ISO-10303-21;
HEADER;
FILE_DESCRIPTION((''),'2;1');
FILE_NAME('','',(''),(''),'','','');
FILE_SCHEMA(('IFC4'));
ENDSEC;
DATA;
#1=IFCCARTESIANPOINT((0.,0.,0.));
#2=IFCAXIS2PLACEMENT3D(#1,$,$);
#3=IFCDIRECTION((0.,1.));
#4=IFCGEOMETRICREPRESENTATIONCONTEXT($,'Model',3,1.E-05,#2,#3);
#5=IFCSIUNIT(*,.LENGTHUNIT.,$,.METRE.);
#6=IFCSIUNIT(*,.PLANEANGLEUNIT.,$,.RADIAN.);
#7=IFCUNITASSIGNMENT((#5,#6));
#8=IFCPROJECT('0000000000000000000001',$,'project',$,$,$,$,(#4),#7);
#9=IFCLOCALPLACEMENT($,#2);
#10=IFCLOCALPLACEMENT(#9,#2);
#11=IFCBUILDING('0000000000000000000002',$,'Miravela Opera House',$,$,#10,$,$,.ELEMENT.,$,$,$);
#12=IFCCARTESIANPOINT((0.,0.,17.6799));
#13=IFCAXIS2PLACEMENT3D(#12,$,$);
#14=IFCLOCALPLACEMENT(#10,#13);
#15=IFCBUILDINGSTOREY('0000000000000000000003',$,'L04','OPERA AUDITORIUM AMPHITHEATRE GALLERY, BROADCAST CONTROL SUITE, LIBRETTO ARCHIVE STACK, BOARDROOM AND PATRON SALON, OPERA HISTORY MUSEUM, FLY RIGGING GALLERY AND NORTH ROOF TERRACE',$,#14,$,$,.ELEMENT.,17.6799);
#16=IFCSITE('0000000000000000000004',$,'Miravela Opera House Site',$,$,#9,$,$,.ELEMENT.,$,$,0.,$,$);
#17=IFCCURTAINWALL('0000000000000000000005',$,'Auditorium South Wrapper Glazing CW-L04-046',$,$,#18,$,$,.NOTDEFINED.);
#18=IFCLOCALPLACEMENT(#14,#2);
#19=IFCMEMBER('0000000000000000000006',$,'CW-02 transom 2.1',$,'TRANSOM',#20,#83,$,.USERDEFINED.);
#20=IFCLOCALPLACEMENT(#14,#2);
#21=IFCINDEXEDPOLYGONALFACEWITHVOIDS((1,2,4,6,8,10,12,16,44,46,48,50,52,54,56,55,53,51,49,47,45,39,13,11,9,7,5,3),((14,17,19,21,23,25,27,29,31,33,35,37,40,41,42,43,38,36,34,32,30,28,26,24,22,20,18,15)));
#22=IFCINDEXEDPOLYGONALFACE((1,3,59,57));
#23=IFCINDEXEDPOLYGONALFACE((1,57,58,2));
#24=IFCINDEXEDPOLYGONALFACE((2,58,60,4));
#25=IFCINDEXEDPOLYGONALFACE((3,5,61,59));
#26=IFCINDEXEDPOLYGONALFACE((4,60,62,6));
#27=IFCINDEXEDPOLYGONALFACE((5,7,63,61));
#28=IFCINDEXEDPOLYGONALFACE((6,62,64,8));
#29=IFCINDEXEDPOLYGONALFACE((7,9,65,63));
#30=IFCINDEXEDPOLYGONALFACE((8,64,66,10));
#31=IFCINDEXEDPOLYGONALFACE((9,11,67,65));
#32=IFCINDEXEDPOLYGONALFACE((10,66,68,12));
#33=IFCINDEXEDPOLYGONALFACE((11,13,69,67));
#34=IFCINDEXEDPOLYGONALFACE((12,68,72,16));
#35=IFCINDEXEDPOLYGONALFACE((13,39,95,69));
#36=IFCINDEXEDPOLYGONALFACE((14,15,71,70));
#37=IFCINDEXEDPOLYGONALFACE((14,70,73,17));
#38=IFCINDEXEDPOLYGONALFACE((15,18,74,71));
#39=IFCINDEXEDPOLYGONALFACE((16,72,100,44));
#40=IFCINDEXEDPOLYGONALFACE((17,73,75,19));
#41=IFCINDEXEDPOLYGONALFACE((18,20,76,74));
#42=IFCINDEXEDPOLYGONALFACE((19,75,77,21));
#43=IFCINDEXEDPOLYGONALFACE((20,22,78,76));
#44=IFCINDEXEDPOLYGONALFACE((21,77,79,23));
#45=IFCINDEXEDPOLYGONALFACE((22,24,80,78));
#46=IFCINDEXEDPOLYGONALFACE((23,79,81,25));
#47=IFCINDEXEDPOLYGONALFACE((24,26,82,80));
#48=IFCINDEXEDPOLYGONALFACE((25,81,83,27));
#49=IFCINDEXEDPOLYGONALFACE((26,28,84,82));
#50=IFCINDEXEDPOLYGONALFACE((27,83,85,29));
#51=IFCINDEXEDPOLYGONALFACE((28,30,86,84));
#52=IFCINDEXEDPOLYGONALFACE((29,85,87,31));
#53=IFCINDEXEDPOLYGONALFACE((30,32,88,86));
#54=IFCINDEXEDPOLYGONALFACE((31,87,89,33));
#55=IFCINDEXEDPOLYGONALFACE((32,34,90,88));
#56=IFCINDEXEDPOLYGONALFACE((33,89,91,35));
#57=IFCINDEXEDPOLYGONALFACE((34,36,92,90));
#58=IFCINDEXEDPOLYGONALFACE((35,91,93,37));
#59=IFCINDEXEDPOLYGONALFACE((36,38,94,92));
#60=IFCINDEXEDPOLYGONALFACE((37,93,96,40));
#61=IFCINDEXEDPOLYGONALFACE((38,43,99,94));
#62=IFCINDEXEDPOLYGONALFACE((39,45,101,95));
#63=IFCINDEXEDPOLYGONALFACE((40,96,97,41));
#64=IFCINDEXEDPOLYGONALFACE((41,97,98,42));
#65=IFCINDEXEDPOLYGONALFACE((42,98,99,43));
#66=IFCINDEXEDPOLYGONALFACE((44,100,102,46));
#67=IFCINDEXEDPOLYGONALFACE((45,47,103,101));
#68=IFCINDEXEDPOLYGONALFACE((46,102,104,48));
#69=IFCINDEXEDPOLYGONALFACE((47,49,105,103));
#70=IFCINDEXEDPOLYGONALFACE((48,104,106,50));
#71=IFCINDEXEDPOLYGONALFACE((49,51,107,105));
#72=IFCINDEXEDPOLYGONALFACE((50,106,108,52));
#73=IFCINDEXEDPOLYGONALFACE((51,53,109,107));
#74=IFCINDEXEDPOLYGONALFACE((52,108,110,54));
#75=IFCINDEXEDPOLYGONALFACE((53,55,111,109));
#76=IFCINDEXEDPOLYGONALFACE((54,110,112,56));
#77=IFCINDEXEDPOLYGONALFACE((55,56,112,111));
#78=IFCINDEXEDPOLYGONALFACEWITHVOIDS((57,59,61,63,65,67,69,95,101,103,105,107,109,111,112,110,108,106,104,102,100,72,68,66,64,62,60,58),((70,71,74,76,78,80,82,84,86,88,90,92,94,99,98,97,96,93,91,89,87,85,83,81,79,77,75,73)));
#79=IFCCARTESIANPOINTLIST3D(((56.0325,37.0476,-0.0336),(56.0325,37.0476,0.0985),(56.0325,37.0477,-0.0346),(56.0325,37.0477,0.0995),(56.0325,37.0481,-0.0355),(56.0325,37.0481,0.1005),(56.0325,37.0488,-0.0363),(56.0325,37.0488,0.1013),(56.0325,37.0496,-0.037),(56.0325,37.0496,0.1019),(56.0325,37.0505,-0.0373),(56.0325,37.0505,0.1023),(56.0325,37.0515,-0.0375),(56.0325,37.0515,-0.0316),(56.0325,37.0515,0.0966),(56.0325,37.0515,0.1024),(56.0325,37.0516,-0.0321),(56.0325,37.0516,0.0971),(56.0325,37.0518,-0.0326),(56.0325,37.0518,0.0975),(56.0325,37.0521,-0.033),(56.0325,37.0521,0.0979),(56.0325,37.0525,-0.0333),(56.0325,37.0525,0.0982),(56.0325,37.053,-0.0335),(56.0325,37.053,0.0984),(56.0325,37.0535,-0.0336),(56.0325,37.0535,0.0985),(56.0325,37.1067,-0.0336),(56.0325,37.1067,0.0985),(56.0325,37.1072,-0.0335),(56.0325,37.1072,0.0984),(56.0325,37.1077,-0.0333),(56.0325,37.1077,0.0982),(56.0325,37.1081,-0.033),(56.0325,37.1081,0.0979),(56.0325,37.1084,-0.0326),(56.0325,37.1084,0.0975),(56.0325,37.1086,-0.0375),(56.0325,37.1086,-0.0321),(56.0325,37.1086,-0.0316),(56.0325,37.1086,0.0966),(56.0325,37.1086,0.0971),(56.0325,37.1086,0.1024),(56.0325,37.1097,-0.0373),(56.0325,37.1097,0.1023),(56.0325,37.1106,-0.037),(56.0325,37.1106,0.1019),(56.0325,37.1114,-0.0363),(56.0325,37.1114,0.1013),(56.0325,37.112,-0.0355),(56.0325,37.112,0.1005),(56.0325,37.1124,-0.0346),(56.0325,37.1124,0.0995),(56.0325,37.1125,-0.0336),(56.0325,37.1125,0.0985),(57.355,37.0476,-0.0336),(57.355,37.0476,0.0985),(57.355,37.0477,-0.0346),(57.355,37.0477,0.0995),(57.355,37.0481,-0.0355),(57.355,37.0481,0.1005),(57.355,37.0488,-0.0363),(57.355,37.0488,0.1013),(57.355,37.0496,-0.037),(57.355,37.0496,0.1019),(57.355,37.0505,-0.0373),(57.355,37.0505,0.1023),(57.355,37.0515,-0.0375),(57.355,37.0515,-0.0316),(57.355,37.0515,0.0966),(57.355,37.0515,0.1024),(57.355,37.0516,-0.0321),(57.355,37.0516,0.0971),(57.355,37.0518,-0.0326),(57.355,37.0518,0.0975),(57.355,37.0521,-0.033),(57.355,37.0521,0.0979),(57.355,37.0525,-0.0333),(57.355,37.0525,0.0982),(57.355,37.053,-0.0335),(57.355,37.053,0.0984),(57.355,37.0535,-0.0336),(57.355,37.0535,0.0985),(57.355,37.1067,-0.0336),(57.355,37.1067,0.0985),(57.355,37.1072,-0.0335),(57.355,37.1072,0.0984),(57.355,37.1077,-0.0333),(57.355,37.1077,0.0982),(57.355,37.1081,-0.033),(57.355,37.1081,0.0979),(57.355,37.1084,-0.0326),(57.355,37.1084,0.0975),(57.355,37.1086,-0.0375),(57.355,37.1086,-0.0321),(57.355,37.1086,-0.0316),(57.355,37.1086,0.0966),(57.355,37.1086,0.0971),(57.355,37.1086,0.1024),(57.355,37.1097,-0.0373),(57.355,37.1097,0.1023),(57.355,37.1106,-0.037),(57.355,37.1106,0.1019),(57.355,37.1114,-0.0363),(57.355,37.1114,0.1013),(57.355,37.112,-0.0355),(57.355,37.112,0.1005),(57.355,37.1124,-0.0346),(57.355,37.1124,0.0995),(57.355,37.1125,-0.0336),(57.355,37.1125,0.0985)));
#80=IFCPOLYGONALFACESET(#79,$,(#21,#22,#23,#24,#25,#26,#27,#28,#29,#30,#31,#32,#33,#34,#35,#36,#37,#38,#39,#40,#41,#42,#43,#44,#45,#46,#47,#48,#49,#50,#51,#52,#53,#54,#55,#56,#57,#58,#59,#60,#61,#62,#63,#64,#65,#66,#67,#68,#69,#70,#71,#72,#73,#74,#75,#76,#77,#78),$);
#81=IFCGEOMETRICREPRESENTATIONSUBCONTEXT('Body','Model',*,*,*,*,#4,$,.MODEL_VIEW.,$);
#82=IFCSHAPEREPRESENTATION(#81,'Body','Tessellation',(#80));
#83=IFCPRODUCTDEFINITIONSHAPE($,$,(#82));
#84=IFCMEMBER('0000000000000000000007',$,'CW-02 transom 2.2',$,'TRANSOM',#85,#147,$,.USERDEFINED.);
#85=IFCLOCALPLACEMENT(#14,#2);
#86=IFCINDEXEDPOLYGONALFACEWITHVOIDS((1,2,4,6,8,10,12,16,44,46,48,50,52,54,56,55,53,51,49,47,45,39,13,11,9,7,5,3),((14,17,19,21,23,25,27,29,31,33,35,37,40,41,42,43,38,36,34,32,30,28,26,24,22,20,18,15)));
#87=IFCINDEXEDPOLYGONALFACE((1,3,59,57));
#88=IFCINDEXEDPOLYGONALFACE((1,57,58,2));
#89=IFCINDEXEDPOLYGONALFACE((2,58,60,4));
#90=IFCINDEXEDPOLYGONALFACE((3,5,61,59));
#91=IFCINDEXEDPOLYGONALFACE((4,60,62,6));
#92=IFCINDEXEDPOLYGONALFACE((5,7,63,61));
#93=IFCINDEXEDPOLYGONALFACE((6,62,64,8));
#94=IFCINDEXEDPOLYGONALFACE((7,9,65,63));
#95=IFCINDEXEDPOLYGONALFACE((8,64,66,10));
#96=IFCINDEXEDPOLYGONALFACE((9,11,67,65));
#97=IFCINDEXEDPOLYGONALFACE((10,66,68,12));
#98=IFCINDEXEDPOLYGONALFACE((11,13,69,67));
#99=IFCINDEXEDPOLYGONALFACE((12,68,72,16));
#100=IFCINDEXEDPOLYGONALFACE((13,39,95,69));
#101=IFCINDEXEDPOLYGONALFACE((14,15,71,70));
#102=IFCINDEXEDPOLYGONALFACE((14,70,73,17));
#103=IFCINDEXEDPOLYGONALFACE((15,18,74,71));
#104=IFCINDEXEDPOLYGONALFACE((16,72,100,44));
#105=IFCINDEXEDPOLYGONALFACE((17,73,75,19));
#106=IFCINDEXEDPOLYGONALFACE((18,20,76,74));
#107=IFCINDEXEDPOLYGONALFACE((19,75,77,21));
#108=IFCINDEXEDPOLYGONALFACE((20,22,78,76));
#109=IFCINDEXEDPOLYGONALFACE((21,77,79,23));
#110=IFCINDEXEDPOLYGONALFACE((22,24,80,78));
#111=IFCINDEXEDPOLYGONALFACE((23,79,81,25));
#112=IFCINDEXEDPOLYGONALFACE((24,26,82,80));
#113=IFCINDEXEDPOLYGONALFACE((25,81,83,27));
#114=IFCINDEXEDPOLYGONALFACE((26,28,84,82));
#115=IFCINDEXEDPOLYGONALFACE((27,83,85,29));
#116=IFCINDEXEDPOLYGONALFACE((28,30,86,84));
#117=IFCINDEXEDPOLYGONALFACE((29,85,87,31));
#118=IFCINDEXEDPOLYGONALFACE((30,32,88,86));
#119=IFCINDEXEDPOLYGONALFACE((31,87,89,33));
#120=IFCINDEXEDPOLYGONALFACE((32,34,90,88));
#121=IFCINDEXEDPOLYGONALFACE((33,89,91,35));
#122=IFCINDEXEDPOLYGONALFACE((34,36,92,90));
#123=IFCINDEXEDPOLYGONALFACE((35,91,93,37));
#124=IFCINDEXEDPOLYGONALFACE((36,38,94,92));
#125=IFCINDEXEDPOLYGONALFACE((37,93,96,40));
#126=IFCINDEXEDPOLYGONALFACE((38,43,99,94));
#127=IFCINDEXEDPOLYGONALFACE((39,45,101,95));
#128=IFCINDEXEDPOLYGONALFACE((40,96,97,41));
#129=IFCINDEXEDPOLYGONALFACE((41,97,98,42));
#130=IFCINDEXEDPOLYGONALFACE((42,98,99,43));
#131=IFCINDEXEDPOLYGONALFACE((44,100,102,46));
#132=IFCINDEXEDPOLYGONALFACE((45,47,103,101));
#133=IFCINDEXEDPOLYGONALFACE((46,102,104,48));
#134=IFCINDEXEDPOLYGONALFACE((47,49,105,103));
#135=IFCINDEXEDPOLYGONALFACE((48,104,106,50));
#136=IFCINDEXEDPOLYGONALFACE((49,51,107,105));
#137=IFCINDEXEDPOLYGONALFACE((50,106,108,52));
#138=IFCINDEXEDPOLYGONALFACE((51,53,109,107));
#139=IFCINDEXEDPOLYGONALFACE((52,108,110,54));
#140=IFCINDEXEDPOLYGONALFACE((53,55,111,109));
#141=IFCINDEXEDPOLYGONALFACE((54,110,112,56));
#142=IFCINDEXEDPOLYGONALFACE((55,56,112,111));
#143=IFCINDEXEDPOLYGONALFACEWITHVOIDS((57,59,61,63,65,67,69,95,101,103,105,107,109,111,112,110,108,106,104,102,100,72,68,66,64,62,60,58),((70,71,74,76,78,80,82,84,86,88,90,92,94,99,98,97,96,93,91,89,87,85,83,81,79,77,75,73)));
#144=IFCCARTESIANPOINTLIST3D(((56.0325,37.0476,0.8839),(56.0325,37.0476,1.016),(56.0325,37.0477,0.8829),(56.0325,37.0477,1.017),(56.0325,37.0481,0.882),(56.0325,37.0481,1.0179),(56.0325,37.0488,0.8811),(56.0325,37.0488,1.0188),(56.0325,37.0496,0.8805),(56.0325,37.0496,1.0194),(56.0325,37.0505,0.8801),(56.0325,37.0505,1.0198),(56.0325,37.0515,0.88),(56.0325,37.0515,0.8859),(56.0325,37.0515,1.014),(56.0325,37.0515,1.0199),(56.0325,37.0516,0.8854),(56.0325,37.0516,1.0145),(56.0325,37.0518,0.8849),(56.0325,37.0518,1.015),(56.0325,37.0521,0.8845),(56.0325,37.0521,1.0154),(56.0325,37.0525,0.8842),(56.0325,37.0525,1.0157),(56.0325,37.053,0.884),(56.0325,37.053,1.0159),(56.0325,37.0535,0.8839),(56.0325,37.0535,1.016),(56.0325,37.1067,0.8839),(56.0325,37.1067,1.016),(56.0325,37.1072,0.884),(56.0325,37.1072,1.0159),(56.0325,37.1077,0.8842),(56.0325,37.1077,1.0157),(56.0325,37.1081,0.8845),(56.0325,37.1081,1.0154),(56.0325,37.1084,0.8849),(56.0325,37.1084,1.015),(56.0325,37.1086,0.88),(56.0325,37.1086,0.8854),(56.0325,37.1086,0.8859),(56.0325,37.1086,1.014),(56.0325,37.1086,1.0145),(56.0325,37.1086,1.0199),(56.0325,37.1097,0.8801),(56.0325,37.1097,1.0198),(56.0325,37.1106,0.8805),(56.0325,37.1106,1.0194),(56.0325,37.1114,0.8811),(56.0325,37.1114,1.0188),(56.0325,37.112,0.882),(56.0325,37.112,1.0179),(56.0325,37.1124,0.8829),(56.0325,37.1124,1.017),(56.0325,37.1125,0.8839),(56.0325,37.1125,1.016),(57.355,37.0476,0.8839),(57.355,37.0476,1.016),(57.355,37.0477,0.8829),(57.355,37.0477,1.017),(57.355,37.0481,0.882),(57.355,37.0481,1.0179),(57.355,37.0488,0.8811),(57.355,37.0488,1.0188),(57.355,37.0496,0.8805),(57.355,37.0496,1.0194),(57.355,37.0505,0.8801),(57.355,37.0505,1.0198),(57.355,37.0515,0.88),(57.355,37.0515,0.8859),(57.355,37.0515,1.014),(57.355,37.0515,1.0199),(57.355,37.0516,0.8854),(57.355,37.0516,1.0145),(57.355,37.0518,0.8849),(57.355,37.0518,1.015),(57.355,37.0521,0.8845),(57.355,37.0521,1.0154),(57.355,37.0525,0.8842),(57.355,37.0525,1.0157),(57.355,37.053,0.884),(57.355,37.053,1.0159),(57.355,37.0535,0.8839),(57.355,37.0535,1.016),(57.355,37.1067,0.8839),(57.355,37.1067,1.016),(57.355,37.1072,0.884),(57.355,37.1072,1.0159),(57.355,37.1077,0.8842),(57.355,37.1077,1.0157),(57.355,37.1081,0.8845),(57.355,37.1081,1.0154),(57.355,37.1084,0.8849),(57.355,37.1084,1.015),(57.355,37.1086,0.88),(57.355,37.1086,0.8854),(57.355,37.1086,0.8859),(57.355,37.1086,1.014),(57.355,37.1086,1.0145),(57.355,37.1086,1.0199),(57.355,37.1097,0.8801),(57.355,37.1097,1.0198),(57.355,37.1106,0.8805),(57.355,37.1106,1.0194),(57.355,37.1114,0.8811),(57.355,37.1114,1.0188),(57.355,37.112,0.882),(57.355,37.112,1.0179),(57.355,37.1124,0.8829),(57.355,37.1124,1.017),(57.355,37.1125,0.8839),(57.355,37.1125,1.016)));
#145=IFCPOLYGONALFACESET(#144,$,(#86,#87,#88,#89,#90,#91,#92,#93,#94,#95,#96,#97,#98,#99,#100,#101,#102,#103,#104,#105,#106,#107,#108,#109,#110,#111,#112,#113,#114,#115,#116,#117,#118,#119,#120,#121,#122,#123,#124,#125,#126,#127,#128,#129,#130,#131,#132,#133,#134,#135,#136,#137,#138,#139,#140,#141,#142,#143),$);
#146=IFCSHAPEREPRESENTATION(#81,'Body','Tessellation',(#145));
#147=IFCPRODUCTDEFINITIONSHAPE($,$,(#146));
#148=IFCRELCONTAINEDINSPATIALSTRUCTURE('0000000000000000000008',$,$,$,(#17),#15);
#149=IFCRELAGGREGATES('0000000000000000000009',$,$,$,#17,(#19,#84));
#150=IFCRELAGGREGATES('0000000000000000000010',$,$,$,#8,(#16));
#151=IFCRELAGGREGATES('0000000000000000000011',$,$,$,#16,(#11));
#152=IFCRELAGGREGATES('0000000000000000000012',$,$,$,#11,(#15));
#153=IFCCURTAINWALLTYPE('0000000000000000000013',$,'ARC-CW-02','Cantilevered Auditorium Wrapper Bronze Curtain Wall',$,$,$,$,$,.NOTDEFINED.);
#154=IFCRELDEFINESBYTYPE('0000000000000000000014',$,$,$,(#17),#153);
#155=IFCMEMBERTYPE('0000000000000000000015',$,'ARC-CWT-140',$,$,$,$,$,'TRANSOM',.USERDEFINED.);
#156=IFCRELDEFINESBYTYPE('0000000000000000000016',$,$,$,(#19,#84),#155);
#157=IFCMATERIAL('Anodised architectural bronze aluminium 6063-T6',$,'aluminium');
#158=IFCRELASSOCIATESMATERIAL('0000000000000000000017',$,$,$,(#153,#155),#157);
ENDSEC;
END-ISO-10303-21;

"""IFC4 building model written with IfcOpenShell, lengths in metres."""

from ifc_helpers import new_model, si_unit, direction, frame, origin, origin_2d, place, context, subcontext, project, spatial, hollow_rectangle, extrude, material, material_profile, profile_set, type_object, element, aggregate, save


model = new_model("IFC4")

# Units and contexts
model_context = context("Model", 3, precision=1e-05, world=origin(), true_north=direction((0.0, 1.0)))
body_context = subcontext(model_context, "Body", "Model", "MODEL_VIEW")
ifc_project = project(units=[si_unit("LENGTHUNIT", "METRE"), si_unit("PLANEANGLEUNIT", "RADIAN")], contexts=[model_context])

# Site, building, storey
site_placement = place(None, origin())
site = spatial("IfcSite", under=ifc_project, at=site_placement, Name="Miravela Opera House Site", CompositionType="ELEMENT", RefElevation=0.0)
building_placement = place(site_placement, origin())
building = spatial("IfcBuilding", under=site, at=building_placement, Name="Miravela Opera House", CompositionType="ELEMENT")
storey_placement = place(building_placement, frame((0.0, 0.0, 17.6799)))
storey = spatial("IfcBuildingStorey", under=building, at=storey_placement, Name="L04", Description="OPERA AUDITORIUM AMPHITHEATRE GALLERY, BROADCAST CONTROL SUITE, LIBRETTO ARCHIVE STACK, BOARDROOM AND PATRON SALON, OPERA HISTORY MUSEUM, FLY RIGGING GALLERY AND NORTH ROOF TERRACE", CompositionType="ELEMENT", Elevation=17.6799)

# Shared definitions
ifc_material_1 = material(Name="Anodised architectural bronze aluminium 6063-T6", Category="aluminium")
curtain_wall_type = type_object("IfcCurtainWallType", Name="ARC-CW-02", Description="Cantilevered Auditorium Wrapper Bronze Curtain Wall", PredefinedType="NOTDEFINED", material=ifc_material_1)

# Curtain wall, members
curtain_wall_1_placement = place(storey_placement, origin())
curtain_wall_1 = element("IfcCurtainWall", 1, at=curtain_wall_1_placement, inside=storey, type_object=curtain_wall_type, Name="Auditorium South Wrapper Glazing CW-L04-046", PredefinedType="NOTDEFINED")
ifc_material_profile_1 = material_profile(ifc_material_1, hollow_rectangle(XDim=0.0649, YDim=0.1399, WallThickness=0.0039, InnerFilletRadius=0.002, OuterFilletRadius=0.0039, at=origin_2d()), Name="CWT-65X140")
ifc_profile_set_1 = profile_set([ifc_material_profile_1])
member_type_1 = type_object("IfcMemberType", Name="ARC-CWT-140", ElementType="TRANSOM", PredefinedType="USERDEFINED", material=ifc_profile_set_1)
member_1_placement = place(storey_placement, frame((56.0325, 37.0801, 0.0325), z_axis=(1.0, 0.0, 0.0), x_axis=(0.0, 1.0, 0.0)))
member_1 = element("IfcMember", 2, at=member_1_placement, type_object=member_type_1, Name="CW-02 transom 2.1", ObjectType="TRANSOM", PredefinedType="USERDEFINED", context=body_context, shape_type="SweptSolid", body=[
    extrude(hollow_rectangle(XDim=0.0649, YDim=0.1399, WallThickness=0.0039, InnerFilletRadius=0.002, OuterFilletRadius=0.0039, at=origin_2d()), origin(), (0.0, 0.0, 1.0), 1.3225),
])
member_2_placement = place(storey_placement, frame((56.0325, 37.0801, 0.95), z_axis=(1.0, 0.0, 0.0), x_axis=(0.0, 1.0, 0.0)))
member_2 = element("IfcMember", 3, at=member_2_placement, type_object=member_type_1, Name="CW-02 transom 2.2", ObjectType="TRANSOM", PredefinedType="USERDEFINED", context=body_context, shape_type="SweptSolid", body=[
    extrude(hollow_rectangle(XDim=0.0649, YDim=0.1399, WallThickness=0.0039, InnerFilletRadius=0.002, OuterFilletRadius=0.0039, at=origin_2d()), origin(), (0.0, 0.0, 1.0), 1.3225),
])

aggregate(curtain_wall_1, [member_1, member_2])

save(model, "model.ifc")
